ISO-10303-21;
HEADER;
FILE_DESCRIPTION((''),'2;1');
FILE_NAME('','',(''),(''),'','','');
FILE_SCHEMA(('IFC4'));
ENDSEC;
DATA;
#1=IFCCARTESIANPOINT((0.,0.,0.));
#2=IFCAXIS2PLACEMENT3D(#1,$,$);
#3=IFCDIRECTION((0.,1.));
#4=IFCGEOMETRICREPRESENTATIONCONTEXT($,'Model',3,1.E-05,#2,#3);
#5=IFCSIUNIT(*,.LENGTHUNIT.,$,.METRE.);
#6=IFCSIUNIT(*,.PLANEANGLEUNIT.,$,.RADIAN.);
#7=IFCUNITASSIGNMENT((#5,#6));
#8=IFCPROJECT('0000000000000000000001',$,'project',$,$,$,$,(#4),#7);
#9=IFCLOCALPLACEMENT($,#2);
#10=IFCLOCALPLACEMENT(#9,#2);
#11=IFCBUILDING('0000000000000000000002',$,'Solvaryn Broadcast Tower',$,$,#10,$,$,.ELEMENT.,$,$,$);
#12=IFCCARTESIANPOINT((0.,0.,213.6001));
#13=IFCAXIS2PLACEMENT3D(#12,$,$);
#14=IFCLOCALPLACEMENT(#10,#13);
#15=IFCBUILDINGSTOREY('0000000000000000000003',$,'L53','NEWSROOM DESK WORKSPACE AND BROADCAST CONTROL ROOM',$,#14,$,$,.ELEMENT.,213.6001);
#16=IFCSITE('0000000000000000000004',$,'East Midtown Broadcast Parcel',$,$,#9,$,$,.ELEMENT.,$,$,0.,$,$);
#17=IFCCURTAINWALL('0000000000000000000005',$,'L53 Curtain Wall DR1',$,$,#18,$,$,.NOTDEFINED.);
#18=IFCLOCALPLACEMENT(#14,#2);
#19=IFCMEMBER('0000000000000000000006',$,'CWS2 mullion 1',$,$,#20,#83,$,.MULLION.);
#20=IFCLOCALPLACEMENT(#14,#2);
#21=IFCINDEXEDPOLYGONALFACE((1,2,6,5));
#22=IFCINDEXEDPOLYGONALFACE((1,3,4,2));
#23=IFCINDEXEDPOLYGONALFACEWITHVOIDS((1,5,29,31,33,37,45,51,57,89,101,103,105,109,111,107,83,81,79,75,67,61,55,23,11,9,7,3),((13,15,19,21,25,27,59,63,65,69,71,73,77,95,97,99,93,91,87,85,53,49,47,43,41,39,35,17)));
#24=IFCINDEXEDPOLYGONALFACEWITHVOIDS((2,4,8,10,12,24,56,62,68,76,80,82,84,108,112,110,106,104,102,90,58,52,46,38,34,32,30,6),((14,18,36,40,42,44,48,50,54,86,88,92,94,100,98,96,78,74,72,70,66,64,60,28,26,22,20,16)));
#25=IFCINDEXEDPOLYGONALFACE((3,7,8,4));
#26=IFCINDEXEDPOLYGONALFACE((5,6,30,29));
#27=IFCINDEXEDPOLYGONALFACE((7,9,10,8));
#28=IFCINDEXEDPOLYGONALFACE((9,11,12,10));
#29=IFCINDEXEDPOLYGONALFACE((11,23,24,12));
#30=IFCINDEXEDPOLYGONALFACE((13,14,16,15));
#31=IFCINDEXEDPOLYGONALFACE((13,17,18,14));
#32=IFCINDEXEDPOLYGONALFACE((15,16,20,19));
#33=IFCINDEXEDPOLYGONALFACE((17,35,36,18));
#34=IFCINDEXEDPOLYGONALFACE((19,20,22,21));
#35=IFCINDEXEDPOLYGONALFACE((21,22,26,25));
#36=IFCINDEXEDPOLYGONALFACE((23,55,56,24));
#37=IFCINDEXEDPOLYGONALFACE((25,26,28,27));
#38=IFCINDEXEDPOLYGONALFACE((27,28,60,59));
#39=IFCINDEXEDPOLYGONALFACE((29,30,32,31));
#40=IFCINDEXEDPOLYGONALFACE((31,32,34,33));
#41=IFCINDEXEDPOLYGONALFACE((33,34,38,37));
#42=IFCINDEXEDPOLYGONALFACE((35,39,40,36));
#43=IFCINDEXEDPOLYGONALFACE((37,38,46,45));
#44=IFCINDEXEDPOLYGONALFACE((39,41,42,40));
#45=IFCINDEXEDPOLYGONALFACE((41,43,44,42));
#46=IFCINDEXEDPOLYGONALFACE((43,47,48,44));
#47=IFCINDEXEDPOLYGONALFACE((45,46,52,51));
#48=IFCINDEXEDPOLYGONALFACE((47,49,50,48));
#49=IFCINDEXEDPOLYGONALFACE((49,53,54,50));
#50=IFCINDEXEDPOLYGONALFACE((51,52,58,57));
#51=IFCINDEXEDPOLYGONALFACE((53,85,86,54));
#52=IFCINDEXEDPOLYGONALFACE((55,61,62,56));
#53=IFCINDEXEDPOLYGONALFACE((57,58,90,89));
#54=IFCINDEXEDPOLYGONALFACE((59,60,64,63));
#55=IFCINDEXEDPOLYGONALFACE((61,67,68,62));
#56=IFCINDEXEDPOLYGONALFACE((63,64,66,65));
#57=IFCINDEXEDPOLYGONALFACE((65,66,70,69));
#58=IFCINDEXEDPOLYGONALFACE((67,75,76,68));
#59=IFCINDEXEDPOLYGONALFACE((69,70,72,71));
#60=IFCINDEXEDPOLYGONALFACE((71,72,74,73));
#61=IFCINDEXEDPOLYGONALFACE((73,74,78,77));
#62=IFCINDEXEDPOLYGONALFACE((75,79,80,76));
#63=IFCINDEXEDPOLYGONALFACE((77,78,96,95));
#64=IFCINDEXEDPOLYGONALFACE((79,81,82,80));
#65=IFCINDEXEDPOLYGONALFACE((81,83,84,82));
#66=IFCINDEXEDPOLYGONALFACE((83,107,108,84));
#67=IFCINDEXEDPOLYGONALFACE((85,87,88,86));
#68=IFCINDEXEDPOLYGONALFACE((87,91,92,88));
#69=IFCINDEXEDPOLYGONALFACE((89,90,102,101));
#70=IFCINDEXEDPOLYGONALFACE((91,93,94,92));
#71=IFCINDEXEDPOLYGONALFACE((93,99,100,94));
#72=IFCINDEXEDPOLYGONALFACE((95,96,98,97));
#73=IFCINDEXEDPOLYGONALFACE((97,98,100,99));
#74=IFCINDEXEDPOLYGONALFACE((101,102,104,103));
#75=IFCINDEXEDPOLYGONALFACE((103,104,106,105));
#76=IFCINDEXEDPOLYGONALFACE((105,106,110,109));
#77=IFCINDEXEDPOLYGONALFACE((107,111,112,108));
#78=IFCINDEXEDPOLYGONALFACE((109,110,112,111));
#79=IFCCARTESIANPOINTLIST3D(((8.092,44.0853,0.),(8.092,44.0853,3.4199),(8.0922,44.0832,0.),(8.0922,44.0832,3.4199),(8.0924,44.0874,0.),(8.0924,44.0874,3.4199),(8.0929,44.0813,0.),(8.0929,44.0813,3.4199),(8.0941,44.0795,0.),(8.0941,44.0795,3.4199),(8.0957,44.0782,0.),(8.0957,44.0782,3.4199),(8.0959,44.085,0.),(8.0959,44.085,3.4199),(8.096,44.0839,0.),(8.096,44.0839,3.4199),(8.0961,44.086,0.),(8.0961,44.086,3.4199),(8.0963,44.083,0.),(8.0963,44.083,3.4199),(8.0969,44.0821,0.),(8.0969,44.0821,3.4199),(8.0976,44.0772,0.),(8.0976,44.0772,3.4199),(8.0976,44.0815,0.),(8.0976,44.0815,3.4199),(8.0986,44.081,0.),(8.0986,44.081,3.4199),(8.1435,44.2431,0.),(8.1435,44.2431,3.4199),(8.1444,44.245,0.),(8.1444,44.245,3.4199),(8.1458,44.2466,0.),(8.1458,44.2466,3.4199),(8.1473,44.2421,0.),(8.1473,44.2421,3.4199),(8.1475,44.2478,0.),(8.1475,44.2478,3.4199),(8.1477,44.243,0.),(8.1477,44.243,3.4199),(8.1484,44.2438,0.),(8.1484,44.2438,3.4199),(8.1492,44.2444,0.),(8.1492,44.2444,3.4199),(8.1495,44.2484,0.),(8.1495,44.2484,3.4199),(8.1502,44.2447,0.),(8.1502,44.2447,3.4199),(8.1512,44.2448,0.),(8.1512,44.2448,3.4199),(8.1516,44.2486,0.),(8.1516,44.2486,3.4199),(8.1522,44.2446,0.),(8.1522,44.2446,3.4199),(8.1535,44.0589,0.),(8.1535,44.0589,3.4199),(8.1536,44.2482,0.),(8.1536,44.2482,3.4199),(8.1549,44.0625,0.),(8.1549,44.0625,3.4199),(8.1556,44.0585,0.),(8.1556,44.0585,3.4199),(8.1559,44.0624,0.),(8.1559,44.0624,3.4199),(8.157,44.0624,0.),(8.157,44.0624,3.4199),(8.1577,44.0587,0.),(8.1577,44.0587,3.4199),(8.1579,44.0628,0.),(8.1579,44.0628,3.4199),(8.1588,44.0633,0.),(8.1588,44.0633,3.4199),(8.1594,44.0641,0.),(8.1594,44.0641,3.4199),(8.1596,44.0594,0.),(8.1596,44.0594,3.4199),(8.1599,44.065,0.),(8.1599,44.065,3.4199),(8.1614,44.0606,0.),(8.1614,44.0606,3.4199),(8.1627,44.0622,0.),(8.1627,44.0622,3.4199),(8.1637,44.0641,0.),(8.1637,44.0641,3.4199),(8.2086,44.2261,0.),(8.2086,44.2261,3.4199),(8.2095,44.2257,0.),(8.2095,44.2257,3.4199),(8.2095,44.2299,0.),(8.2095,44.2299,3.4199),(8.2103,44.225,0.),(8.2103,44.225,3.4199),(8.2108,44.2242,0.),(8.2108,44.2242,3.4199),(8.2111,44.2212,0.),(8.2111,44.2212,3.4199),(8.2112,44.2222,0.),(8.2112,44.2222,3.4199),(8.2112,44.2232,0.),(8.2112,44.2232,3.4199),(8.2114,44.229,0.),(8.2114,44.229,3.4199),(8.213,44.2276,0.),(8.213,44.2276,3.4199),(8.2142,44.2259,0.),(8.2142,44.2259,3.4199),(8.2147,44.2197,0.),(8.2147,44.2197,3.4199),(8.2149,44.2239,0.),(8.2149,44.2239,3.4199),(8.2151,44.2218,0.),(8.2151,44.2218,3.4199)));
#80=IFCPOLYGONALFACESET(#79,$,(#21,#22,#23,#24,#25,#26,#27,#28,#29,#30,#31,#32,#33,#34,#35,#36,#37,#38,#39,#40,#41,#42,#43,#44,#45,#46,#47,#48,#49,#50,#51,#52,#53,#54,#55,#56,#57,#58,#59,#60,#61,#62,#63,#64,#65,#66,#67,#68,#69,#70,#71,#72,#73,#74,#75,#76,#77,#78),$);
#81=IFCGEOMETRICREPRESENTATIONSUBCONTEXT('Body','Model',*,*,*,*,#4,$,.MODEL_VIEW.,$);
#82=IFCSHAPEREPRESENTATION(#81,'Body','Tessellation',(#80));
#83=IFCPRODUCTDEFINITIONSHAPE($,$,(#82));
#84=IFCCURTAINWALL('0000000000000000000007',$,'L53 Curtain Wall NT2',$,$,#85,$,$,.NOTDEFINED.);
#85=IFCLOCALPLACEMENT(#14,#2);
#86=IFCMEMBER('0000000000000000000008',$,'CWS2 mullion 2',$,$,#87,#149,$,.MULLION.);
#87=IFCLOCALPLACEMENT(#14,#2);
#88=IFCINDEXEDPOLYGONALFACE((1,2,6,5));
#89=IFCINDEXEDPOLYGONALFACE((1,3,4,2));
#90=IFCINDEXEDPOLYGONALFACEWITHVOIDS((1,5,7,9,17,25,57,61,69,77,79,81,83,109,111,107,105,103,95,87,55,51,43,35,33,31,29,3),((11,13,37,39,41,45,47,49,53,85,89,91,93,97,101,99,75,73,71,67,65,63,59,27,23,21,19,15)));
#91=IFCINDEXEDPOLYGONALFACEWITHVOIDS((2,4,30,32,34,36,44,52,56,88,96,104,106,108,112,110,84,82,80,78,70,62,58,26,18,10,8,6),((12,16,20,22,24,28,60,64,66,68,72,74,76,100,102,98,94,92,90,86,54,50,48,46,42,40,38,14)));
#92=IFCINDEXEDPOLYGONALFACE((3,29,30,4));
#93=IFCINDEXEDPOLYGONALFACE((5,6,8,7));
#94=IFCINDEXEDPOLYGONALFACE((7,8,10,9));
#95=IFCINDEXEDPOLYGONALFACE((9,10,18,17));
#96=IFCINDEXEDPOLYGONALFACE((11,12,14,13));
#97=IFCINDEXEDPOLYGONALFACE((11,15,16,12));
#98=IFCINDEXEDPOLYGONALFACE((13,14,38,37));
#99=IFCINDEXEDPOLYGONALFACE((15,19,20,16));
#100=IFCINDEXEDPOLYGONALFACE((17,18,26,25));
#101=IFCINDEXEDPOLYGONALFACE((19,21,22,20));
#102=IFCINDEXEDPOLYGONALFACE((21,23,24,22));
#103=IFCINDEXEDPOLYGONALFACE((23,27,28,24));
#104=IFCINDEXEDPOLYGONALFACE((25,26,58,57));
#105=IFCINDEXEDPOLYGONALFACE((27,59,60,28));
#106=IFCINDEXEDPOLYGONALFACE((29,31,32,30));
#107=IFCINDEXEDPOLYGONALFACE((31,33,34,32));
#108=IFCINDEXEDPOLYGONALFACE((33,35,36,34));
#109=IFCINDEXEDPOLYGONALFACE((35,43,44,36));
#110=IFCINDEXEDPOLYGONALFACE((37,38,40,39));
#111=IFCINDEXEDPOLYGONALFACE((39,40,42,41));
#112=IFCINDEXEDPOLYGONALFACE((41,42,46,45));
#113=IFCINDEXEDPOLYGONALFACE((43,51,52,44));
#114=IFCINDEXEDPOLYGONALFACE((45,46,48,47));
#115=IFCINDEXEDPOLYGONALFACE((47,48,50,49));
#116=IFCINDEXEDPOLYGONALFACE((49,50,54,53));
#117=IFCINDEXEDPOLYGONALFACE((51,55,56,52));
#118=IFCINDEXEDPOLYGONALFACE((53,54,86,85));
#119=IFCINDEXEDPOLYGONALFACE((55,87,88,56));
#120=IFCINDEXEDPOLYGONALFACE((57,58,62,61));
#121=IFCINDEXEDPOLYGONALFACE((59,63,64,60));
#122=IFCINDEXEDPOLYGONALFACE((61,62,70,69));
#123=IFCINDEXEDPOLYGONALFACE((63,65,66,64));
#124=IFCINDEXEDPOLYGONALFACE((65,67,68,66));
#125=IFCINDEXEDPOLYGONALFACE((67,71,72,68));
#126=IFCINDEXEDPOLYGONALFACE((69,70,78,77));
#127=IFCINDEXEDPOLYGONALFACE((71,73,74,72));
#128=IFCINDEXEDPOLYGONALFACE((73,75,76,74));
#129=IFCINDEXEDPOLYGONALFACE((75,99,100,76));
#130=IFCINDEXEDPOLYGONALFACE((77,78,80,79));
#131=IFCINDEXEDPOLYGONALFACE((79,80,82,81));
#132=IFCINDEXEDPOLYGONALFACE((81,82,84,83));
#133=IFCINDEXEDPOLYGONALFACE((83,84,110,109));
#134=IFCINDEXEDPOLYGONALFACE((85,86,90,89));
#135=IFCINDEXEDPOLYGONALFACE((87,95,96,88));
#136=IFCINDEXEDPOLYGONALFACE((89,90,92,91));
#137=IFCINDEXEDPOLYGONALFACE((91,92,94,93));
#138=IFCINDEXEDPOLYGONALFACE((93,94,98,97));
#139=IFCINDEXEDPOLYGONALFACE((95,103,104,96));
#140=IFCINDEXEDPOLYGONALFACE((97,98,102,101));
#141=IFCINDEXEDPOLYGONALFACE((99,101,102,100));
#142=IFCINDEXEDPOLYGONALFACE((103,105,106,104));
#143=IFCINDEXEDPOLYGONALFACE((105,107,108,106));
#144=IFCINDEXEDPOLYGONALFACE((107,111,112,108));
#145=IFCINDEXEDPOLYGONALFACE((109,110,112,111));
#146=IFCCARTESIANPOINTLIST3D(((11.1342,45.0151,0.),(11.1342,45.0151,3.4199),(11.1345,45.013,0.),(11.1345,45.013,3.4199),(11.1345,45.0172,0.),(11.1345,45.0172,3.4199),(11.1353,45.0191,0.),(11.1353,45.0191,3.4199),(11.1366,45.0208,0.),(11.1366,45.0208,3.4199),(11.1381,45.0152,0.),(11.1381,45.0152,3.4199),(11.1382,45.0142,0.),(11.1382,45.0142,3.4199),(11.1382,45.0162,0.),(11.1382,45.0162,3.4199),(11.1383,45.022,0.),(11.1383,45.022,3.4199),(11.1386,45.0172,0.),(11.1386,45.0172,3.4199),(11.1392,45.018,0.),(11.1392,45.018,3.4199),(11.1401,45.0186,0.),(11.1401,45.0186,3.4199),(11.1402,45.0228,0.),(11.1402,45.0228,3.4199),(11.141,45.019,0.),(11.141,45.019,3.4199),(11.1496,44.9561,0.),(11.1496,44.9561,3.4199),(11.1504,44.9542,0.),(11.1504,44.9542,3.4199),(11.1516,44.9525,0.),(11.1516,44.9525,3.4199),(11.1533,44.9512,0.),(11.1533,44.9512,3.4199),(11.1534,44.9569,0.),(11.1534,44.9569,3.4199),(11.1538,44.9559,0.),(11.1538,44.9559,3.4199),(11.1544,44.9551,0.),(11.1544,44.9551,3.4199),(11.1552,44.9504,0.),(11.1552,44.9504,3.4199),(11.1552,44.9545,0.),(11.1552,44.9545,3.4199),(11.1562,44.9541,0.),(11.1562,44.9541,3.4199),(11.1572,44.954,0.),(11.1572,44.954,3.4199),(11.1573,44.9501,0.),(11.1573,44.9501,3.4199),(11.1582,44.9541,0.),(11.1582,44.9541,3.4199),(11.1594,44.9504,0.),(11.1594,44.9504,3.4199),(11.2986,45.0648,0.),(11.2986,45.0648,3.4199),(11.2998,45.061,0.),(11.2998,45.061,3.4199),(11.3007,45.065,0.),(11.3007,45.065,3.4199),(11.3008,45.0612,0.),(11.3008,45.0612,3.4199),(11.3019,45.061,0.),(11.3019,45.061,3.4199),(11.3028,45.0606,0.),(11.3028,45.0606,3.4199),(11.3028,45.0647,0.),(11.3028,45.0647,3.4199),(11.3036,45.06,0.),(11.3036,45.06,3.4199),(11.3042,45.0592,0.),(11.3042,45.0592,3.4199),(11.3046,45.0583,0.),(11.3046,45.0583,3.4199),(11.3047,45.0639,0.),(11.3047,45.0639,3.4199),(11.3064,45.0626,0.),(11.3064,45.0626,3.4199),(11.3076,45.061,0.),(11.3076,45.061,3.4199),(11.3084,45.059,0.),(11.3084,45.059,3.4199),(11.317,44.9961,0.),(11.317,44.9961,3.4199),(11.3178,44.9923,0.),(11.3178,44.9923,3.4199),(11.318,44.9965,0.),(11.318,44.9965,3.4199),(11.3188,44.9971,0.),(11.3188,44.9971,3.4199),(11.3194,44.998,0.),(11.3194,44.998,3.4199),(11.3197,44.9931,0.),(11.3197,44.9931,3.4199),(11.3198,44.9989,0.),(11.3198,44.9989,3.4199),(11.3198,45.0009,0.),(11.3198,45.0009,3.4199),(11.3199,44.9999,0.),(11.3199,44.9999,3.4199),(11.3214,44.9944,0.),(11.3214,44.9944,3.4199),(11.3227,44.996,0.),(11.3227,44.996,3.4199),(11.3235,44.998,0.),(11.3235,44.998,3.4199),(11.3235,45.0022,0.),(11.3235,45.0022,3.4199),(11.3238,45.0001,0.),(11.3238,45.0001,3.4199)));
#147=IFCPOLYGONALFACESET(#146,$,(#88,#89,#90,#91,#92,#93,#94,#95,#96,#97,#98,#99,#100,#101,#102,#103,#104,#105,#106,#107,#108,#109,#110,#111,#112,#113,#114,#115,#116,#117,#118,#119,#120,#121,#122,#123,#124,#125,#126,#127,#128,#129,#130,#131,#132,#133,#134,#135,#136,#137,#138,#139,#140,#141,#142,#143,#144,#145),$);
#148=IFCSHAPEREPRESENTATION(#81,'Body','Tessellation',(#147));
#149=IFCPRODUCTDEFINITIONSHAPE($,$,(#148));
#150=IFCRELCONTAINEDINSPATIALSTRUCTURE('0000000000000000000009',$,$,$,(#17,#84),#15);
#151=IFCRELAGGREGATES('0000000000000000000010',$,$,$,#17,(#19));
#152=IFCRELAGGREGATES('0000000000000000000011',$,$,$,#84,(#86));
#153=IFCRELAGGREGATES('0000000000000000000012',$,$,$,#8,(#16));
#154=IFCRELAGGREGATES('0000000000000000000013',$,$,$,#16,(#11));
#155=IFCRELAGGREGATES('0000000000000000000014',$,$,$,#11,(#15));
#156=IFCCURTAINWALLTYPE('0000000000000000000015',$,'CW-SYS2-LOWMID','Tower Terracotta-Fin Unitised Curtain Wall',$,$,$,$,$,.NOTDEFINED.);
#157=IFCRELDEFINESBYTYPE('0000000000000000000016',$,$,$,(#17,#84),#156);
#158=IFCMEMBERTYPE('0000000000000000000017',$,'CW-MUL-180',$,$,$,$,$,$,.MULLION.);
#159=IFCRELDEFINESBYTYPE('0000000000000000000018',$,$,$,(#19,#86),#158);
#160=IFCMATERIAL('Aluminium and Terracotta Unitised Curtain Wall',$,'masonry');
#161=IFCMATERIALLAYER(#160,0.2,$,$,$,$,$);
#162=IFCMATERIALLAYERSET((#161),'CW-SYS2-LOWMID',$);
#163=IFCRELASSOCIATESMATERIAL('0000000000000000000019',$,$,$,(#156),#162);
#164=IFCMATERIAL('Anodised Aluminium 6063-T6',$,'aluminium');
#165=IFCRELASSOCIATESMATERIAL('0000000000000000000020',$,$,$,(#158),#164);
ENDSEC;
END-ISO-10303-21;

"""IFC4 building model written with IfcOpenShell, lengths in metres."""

from ifc_helpers import new_model, si_unit, direction, frame, origin, origin_2d, place, context, subcontext, project, spatial, hollow_rectangle, extrude, material, layer, layer_set, material_profile, profile_set, type_object, element, aggregate, save


model = new_model("IFC4")

# Units and contexts
model_context = context("Model", 3, precision=1e-05, world=origin(), true_north=direction((0.0, 1.0)))
body_context = subcontext(model_context, "Body", "Model", "MODEL_VIEW")
ifc_project = project(units=[si_unit("LENGTHUNIT", "METRE"), si_unit("PLANEANGLEUNIT", "RADIAN")], contexts=[model_context])

# Site, building, storey
site_placement = place(None, origin())
site = spatial("IfcSite", under=ifc_project, at=site_placement, Name="East Midtown Broadcast Parcel", CompositionType="ELEMENT", RefElevation=0.0)
building_placement = place(site_placement, origin())
building = spatial("IfcBuilding", under=site, at=building_placement, Name="Solvaryn Broadcast Tower", CompositionType="ELEMENT")
storey_placement = place(building_placement, frame((0.0, 0.0, 213.6001)))
storey = spatial("IfcBuildingStorey", under=building, at=storey_placement, Name="L53", Description="NEWSROOM DESK WORKSPACE AND BROADCAST CONTROL ROOM", CompositionType="ELEMENT", Elevation=213.6001)

# Curtain walls, members
ifc_material_1 = material(Name="Aluminium and Terracotta Unitised Curtain Wall", Category="masonry")
ifc_layer_1 = layer(ifc_material_1, 0.2)
ifc_layer_set_1 = layer_set([ifc_layer_1], Name="CW-SYS2-LOWMID")
curtain_wall_type = type_object("IfcCurtainWallType", Name="CW-SYS2-LOWMID", Description="Tower Terracotta-Fin Unitised Curtain Wall", PredefinedType="NOTDEFINED", material=ifc_layer_set_1)
curtain_wall_1_placement = place(storey_placement, origin())
curtain_wall_1 = element("IfcCurtainWall", 1, at=curtain_wall_1_placement, inside=storey, type_object=curtain_wall_type, Name="L53 Curtain Wall DR1", PredefinedType="NOTDEFINED")
ifc_material_2 = material(Name="Anodised Aluminium 6063-T6", Category="aluminium")
ifc_material_profile_1 = material_profile(ifc_material_2, hollow_rectangle(XDim=0.075, YDim=0.1799, WallThickness=0.0039, InnerFilletRadius=0.0039, OuterFilletRadius=0.0081, at=origin_2d()))
ifc_profile_set_1 = profile_set([ifc_material_profile_1], Name="Anodised Aluminium 6063-T6")
member_type_1 = type_object("IfcMemberType", Name="CW-MUL-180", PredefinedType="MULLION", material=ifc_profile_set_1)
member_1_placement = place(storey_placement, frame((8.1536, 44.1536, 0.0), z_axis=(0.0, 0.0, 1.0), x_axis=(0.950227, -0.311559, 0.0)))
member_1 = element("IfcMember", 2, at=member_1_placement, type_object=member_type_1, Name="CWS2 mullion 1", PredefinedType="MULLION", context=body_context, shape_type="SweptSolid", body=[
    extrude(hollow_rectangle(XDim=0.075, YDim=0.1799, WallThickness=0.0039, InnerFilletRadius=0.0039, OuterFilletRadius=0.0081, at=origin_2d()), origin(), (0.0, 0.0, 1.0), 3.4199),
])
curtain_wall_2_placement = place(storey_placement, origin())
curtain_wall_2 = element("IfcCurtainWall", 3, at=curtain_wall_2_placement, inside=storey, type_object=curtain_wall_type, Name="L53 Curtain Wall NT2", PredefinedType="NOTDEFINED")
member_2_placement = place(storey_placement, frame((11.229, 45.0076, 0.0), z_axis=(0.0, 0.0, 1.0), x_axis=(0.255893, -0.966705, 0.0)))
member_2 = element("IfcMember", 4, at=member_2_placement, type_object=member_type_1, Name="CWS2 mullion 2", PredefinedType="MULLION", context=body_context, shape_type="SweptSolid", body=[
    extrude(hollow_rectangle(XDim=0.075, YDim=0.1799, WallThickness=0.0039, InnerFilletRadius=0.0039, OuterFilletRadius=0.0081, at=origin_2d()), origin(), (0.0, 0.0, 1.0), 3.4199),
])

aggregate(curtain_wall_1, [member_1])

aggregate(curtain_wall_2, [member_2])

save(model, "model.ifc")
